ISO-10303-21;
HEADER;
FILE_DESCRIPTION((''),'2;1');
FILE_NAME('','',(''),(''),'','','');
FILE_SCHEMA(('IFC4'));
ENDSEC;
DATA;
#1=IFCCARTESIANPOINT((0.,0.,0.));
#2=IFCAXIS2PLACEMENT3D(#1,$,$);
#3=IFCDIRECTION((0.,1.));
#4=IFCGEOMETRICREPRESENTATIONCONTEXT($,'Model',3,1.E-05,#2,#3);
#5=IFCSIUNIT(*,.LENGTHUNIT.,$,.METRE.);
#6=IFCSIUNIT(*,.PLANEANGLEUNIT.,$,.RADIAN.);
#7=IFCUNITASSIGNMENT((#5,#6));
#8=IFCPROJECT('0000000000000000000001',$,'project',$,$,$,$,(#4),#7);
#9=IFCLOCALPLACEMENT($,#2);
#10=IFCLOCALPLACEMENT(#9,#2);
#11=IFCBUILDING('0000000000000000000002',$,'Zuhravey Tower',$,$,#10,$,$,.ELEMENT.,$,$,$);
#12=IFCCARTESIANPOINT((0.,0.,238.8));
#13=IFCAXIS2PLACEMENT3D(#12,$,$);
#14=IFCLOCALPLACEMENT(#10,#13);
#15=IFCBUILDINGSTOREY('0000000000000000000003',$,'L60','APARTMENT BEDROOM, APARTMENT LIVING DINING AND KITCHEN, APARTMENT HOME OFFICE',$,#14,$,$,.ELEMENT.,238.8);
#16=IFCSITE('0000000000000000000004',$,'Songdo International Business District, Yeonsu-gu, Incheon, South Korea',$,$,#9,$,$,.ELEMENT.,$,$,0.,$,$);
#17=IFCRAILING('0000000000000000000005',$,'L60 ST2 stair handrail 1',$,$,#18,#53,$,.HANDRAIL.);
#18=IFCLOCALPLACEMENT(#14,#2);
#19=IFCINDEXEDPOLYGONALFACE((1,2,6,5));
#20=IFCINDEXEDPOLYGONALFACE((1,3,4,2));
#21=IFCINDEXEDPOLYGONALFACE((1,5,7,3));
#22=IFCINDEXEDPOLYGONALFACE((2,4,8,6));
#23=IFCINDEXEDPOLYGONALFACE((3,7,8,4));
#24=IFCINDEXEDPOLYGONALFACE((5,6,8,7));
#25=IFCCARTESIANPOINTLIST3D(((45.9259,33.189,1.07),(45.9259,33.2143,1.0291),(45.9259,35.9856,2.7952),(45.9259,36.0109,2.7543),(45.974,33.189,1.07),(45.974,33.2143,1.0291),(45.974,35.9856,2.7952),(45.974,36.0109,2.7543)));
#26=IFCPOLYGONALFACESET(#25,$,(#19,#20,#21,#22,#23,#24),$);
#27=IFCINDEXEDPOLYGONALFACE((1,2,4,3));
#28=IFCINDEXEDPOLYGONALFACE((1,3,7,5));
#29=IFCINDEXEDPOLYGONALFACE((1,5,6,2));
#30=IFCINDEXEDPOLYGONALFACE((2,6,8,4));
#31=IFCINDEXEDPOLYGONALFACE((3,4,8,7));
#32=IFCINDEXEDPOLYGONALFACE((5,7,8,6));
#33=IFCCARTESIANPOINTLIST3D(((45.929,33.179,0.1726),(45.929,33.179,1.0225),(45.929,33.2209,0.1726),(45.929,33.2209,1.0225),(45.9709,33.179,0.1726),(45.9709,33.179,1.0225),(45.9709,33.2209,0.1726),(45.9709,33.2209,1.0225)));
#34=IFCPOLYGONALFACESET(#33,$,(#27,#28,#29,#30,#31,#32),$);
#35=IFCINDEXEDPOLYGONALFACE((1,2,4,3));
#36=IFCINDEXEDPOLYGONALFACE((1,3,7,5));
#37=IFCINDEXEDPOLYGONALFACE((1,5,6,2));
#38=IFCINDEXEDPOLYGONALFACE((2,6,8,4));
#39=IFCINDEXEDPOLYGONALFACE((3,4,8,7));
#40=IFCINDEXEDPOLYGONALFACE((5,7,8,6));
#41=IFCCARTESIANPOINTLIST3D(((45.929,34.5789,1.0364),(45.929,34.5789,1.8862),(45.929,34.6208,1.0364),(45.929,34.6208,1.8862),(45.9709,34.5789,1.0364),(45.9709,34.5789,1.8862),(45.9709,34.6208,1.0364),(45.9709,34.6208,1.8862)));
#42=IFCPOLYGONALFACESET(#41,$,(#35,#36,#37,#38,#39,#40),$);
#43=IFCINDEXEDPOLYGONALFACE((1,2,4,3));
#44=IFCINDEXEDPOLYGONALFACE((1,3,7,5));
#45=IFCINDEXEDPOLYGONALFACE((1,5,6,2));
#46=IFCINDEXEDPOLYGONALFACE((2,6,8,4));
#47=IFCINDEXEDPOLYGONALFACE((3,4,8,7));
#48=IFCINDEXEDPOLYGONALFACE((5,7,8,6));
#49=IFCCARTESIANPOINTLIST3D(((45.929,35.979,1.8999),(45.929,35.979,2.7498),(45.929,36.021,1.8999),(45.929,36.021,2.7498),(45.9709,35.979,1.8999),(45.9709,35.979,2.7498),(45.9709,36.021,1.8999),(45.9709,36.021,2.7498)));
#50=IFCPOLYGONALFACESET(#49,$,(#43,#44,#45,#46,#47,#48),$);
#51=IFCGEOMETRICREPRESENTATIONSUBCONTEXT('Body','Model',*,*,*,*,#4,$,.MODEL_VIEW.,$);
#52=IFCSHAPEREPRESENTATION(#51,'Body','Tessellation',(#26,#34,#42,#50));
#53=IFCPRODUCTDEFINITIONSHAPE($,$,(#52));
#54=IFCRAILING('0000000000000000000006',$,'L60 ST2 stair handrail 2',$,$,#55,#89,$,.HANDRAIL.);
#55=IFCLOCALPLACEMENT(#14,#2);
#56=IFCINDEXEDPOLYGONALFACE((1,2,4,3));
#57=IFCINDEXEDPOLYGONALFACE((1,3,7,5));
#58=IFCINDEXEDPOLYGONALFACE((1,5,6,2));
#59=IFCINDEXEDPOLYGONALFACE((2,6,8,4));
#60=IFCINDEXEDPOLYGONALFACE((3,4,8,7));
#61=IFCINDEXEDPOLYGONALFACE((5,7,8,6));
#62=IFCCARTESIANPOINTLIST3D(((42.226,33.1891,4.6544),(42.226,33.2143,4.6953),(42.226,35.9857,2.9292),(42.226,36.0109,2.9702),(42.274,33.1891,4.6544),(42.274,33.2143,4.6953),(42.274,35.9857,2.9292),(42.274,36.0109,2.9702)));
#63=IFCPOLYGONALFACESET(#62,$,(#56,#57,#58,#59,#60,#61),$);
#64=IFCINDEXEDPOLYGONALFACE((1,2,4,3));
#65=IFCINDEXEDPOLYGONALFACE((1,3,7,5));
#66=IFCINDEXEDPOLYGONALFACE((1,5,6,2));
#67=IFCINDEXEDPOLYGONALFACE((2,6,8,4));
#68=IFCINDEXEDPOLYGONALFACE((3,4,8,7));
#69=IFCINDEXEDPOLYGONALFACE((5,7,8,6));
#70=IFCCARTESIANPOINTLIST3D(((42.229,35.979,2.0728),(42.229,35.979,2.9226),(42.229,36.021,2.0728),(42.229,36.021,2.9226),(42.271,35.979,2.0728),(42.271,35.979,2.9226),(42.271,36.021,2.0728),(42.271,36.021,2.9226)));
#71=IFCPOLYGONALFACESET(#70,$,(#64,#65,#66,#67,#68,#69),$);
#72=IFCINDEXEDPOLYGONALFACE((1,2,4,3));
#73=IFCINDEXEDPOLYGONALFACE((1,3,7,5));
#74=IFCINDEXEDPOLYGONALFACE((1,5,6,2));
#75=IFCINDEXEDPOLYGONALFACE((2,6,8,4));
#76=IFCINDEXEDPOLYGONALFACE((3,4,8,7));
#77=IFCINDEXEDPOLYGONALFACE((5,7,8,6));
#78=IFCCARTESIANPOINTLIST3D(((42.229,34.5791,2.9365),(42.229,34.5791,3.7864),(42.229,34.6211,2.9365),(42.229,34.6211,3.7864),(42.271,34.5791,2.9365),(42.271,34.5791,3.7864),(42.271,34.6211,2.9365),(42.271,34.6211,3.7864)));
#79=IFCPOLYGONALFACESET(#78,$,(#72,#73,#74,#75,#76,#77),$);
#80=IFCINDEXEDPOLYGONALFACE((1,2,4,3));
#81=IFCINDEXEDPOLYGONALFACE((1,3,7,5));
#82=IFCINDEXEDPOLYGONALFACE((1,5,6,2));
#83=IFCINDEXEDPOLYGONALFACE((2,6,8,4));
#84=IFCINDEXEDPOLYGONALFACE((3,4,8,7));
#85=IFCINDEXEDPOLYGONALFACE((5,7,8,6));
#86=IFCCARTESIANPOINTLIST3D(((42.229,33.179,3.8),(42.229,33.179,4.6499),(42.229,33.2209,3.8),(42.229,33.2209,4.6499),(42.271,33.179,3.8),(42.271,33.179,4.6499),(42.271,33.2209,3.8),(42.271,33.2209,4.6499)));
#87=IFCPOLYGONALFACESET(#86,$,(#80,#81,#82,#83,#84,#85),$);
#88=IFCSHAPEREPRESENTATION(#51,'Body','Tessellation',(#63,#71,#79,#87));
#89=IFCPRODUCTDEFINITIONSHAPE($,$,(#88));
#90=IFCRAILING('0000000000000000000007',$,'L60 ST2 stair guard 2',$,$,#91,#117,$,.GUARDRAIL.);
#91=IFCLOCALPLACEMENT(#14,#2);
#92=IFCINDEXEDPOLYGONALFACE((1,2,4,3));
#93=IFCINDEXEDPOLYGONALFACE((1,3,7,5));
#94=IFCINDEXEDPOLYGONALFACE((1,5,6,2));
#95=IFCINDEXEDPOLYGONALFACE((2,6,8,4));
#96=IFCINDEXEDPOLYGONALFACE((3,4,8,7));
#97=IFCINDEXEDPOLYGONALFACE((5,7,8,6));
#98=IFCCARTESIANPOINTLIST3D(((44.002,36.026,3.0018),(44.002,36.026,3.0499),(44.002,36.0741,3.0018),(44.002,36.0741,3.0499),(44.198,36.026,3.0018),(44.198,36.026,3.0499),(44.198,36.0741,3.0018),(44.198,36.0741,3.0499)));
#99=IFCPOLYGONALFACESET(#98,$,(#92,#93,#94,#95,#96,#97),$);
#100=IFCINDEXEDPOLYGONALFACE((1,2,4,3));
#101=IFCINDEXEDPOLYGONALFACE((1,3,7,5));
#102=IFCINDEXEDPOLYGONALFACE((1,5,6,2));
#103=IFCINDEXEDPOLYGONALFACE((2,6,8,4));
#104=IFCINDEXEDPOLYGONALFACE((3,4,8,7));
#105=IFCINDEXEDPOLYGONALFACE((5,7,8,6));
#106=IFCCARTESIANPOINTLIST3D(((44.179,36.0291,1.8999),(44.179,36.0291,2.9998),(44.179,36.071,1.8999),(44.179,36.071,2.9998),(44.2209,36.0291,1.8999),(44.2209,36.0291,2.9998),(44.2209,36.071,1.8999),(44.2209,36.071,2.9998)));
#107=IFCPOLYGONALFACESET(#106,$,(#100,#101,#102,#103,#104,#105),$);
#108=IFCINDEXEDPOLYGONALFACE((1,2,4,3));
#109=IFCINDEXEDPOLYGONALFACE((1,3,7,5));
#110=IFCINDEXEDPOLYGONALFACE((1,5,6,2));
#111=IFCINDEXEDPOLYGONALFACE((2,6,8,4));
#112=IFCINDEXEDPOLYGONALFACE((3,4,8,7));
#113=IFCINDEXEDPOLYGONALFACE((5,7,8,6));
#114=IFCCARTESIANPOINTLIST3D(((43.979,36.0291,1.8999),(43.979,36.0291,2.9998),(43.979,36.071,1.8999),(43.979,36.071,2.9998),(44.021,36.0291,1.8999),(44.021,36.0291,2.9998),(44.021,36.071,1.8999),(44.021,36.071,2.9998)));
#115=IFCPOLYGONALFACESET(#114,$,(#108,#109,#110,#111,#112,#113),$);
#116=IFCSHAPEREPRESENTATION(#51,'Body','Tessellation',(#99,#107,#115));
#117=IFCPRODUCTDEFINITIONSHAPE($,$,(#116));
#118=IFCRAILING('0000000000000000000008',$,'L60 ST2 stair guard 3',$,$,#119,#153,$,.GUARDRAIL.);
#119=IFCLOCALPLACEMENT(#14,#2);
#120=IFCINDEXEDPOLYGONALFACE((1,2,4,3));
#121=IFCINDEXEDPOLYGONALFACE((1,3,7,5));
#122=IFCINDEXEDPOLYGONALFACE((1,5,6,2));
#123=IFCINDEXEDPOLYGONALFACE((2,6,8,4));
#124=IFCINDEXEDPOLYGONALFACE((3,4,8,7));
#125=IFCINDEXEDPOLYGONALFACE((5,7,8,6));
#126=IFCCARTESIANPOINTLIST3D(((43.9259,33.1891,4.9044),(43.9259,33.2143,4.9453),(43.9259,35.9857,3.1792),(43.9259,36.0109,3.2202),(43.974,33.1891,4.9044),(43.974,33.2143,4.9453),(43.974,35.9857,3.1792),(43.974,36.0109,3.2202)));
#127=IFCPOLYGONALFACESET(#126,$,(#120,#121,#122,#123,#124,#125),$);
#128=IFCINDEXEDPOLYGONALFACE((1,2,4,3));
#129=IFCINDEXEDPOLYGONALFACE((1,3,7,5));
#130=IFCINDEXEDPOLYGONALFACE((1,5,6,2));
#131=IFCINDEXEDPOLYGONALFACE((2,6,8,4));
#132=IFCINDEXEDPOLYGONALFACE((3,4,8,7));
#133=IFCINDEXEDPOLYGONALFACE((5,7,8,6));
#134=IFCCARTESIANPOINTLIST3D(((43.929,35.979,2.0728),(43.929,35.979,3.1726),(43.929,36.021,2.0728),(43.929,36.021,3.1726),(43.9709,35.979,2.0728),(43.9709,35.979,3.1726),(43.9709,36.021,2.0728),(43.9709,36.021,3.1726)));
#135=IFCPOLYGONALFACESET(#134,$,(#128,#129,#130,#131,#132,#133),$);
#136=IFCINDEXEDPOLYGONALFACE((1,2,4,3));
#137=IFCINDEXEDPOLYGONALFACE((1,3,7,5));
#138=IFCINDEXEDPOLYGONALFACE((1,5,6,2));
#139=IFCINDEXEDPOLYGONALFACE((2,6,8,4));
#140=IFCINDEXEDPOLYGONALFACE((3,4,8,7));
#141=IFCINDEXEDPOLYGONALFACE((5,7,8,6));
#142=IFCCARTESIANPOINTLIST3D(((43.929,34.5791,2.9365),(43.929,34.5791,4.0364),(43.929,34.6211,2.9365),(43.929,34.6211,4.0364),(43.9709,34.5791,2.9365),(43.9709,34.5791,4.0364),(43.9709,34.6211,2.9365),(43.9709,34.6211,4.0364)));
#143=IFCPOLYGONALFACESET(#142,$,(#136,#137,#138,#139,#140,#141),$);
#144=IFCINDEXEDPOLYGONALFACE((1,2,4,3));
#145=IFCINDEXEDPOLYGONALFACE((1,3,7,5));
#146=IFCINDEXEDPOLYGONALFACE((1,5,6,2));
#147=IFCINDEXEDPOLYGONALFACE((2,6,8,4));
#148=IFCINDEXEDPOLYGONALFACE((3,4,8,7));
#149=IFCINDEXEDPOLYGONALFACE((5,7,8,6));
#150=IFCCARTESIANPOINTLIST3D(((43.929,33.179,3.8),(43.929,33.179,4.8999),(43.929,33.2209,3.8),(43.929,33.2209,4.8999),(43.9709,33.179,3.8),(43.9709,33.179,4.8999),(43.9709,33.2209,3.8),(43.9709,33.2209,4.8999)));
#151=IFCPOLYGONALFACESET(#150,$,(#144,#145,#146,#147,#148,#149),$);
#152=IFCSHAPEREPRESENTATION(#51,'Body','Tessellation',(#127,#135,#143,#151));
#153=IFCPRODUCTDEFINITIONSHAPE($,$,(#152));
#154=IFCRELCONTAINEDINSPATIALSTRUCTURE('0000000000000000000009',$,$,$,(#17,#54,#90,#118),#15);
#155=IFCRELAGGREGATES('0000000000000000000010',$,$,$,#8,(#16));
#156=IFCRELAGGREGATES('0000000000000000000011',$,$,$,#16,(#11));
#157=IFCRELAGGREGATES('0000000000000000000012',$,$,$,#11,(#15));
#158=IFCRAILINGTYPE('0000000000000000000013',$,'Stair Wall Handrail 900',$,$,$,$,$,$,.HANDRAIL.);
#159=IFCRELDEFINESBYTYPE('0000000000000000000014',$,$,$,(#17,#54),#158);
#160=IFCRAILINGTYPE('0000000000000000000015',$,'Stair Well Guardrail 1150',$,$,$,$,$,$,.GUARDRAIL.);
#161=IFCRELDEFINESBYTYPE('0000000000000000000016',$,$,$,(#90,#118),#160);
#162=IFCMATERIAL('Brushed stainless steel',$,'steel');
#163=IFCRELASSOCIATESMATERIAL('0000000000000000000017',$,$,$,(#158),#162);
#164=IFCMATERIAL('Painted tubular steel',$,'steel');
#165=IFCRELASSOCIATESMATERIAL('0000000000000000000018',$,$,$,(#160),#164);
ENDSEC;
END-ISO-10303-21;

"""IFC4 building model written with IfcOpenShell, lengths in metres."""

from ifc_helpers import new_model, si_unit, direction, frame, origin, origin_2d, place, context, subcontext, project, spatial, rectangle, extrude, material, type_object, element, save


model = new_model("IFC4")

# Units and contexts
model_context = context("Model", 3, precision=1e-05, world=origin(), true_north=direction((0.0, 1.0)))
body_context = subcontext(model_context, "Body", "Model", "MODEL_VIEW")
ifc_project = project(units=[si_unit("LENGTHUNIT", "METRE"), si_unit("PLANEANGLEUNIT", "RADIAN")], contexts=[model_context])

# Site, building, storey
site_placement = place(None, origin())
site = spatial("IfcSite", under=ifc_project, at=site_placement, Name="Songdo International Business District, Yeonsu-gu, Incheon, South Korea", CompositionType="ELEMENT", RefElevation=0.0)
building_placement = place(site_placement, origin())
building = spatial("IfcBuilding", under=site, at=building_placement, Name="Zuhravey Tower", CompositionType="ELEMENT")
storey_placement = place(building_placement, frame((0.0, 0.0, 238.8)))
storey = spatial("IfcBuildingStorey", under=building, at=storey_placement, Name="L60", Description="APARTMENT BEDROOM, APARTMENT LIVING DINING AND KITCHEN, APARTMENT HOME OFFICE", CompositionType="ELEMENT", Elevation=238.8)

# Railings
ifc_material_1 = material(Name="Brushed stainless steel", Category="steel")
railing_type_1 = type_object("IfcRailingType", Name="Stair Wall Handrail 900", PredefinedType="HANDRAIL", material=ifc_material_1)
railing_1_placement = place(storey_placement, frame((45.95, 33.2, 0.1726)))
element("IfcRailing", 1, at=railing_1_placement, inside=storey, type_object=railing_type_1, Name="L60 ST2 stair handrail 1", PredefinedType="HANDRAIL", context=body_context, shape_type="SweptSolid", body=[
    extrude(rectangle(XDim=0.0481, YDim=0.0481, at=origin_2d()), frame((0.0, 0.0017, 0.877), z_axis=(0.0, 0.85109, 0.52502), x_axis=(-1.0, 0.0, 0.0)), (0.0, 0.0, 1.0), 3.2859),
    extrude(rectangle(XDim=0.042, YDim=0.042, at=origin_2d()), origin(), (0.0, 0.0, 1.0), 0.8499),
    extrude(rectangle(XDim=0.042, YDim=0.042, at=origin_2d()), frame((0.0, 1.3999, 0.8638)), (0.0, 0.0, 1.0), 0.8499),
    extrude(rectangle(XDim=0.042, YDim=0.042, at=origin_2d()), frame((0.0, 2.8, 1.7273)), (0.0, 0.0, 1.0), 0.8499),
])
railing_2_placement = place(storey_placement, frame((42.25, 36.0, 2.0728)))
element("IfcRailing", 2, at=railing_2_placement, inside=storey, type_object=railing_type_1, Name="L60 ST2 stair handrail 2", PredefinedType="HANDRAIL", context=body_context, shape_type="SweptSolid", body=[
    extrude(rectangle(XDim=0.0481, YDim=0.0481, at=origin_2d()), frame((0.0, -0.0017, 0.877), z_axis=(0.0, -0.85109, 0.52502), x_axis=(1.0, 0.0, 0.0)), (0.0, 0.0, 1.0), 3.2859),
    extrude(rectangle(XDim=0.042, YDim=0.042, at=origin_2d()), origin(), (0.0, 0.0, 1.0), 0.8499),
    extrude(rectangle(XDim=0.042, YDim=0.042, at=origin_2d()), frame((0.0, -1.3999, 0.8638)), (0.0, 0.0, 1.0), 0.8499),
    extrude(rectangle(XDim=0.042, YDim=0.042, at=origin_2d()), frame((0.0, -2.8, 1.7273)), (0.0, 0.0, 1.0), 0.8499),
])
ifc_material_2 = material(Name="Painted tubular steel", Category="steel")
railing_type_2 = type_object("IfcRailingType", Name="Stair Well Guardrail 1150", PredefinedType="GUARDRAIL", material=ifc_material_2)
railing_3_placement = place(storey_placement, frame((44.2, 36.05, 1.8999)))
element("IfcRailing", 3, at=railing_3_placement, inside=storey, type_object=railing_type_2, Name="L60 ST2 stair guard 2", PredefinedType="GUARDRAIL", context=body_context, shape_type="SweptSolid", body=[
    extrude(rectangle(XDim=0.0481, YDim=0.0481, at=origin_2d()), frame((-0.002, 0.0, 1.126), z_axis=(-1.0, 0.0, 0.0), x_axis=(0.0, -1.0, 0.0)), (0.0, 0.0, 1.0), 0.196),
    extrude(rectangle(XDim=0.042, YDim=0.042, at=origin_2d()), origin(), (0.0, 0.0, 1.0), 1.0999),
    extrude(rectangle(XDim=0.042, YDim=0.042, at=origin_2d()), frame((-0.2, 0.0, 0.0)), (0.0, 0.0, 1.0), 1.0999),
])
railing_4_placement = place(storey_placement, frame((43.95, 36.0, 2.0728)))
element("IfcRailing", 4, at=railing_4_placement, inside=storey, type_object=railing_type_2, Name="L60 ST2 stair guard 3", PredefinedType="GUARDRAIL", context=body_context, shape_type="SweptSolid", body=[
    extrude(rectangle(XDim=0.0481, YDim=0.0481, at=origin_2d()), frame((0.0, -0.0017, 1.127), z_axis=(0.0, -0.85109, 0.52502), x_axis=(1.0, 0.0, 0.0)), (0.0, 0.0, 1.0), 3.2859),
    extrude(rectangle(XDim=0.042, YDim=0.042, at=origin_2d()), origin(), (0.0, 0.0, 1.0), 1.0999),
    extrude(rectangle(XDim=0.042, YDim=0.042, at=origin_2d()), frame((0.0, -1.3999, 0.8638)), (0.0, 0.0, 1.0), 1.0999),
    extrude(rectangle(XDim=0.042, YDim=0.042, at=origin_2d()), frame((0.0, -2.8, 1.7273)), (0.0, 0.0, 1.0), 1.0999),
])

save(model, "model.ifc")
